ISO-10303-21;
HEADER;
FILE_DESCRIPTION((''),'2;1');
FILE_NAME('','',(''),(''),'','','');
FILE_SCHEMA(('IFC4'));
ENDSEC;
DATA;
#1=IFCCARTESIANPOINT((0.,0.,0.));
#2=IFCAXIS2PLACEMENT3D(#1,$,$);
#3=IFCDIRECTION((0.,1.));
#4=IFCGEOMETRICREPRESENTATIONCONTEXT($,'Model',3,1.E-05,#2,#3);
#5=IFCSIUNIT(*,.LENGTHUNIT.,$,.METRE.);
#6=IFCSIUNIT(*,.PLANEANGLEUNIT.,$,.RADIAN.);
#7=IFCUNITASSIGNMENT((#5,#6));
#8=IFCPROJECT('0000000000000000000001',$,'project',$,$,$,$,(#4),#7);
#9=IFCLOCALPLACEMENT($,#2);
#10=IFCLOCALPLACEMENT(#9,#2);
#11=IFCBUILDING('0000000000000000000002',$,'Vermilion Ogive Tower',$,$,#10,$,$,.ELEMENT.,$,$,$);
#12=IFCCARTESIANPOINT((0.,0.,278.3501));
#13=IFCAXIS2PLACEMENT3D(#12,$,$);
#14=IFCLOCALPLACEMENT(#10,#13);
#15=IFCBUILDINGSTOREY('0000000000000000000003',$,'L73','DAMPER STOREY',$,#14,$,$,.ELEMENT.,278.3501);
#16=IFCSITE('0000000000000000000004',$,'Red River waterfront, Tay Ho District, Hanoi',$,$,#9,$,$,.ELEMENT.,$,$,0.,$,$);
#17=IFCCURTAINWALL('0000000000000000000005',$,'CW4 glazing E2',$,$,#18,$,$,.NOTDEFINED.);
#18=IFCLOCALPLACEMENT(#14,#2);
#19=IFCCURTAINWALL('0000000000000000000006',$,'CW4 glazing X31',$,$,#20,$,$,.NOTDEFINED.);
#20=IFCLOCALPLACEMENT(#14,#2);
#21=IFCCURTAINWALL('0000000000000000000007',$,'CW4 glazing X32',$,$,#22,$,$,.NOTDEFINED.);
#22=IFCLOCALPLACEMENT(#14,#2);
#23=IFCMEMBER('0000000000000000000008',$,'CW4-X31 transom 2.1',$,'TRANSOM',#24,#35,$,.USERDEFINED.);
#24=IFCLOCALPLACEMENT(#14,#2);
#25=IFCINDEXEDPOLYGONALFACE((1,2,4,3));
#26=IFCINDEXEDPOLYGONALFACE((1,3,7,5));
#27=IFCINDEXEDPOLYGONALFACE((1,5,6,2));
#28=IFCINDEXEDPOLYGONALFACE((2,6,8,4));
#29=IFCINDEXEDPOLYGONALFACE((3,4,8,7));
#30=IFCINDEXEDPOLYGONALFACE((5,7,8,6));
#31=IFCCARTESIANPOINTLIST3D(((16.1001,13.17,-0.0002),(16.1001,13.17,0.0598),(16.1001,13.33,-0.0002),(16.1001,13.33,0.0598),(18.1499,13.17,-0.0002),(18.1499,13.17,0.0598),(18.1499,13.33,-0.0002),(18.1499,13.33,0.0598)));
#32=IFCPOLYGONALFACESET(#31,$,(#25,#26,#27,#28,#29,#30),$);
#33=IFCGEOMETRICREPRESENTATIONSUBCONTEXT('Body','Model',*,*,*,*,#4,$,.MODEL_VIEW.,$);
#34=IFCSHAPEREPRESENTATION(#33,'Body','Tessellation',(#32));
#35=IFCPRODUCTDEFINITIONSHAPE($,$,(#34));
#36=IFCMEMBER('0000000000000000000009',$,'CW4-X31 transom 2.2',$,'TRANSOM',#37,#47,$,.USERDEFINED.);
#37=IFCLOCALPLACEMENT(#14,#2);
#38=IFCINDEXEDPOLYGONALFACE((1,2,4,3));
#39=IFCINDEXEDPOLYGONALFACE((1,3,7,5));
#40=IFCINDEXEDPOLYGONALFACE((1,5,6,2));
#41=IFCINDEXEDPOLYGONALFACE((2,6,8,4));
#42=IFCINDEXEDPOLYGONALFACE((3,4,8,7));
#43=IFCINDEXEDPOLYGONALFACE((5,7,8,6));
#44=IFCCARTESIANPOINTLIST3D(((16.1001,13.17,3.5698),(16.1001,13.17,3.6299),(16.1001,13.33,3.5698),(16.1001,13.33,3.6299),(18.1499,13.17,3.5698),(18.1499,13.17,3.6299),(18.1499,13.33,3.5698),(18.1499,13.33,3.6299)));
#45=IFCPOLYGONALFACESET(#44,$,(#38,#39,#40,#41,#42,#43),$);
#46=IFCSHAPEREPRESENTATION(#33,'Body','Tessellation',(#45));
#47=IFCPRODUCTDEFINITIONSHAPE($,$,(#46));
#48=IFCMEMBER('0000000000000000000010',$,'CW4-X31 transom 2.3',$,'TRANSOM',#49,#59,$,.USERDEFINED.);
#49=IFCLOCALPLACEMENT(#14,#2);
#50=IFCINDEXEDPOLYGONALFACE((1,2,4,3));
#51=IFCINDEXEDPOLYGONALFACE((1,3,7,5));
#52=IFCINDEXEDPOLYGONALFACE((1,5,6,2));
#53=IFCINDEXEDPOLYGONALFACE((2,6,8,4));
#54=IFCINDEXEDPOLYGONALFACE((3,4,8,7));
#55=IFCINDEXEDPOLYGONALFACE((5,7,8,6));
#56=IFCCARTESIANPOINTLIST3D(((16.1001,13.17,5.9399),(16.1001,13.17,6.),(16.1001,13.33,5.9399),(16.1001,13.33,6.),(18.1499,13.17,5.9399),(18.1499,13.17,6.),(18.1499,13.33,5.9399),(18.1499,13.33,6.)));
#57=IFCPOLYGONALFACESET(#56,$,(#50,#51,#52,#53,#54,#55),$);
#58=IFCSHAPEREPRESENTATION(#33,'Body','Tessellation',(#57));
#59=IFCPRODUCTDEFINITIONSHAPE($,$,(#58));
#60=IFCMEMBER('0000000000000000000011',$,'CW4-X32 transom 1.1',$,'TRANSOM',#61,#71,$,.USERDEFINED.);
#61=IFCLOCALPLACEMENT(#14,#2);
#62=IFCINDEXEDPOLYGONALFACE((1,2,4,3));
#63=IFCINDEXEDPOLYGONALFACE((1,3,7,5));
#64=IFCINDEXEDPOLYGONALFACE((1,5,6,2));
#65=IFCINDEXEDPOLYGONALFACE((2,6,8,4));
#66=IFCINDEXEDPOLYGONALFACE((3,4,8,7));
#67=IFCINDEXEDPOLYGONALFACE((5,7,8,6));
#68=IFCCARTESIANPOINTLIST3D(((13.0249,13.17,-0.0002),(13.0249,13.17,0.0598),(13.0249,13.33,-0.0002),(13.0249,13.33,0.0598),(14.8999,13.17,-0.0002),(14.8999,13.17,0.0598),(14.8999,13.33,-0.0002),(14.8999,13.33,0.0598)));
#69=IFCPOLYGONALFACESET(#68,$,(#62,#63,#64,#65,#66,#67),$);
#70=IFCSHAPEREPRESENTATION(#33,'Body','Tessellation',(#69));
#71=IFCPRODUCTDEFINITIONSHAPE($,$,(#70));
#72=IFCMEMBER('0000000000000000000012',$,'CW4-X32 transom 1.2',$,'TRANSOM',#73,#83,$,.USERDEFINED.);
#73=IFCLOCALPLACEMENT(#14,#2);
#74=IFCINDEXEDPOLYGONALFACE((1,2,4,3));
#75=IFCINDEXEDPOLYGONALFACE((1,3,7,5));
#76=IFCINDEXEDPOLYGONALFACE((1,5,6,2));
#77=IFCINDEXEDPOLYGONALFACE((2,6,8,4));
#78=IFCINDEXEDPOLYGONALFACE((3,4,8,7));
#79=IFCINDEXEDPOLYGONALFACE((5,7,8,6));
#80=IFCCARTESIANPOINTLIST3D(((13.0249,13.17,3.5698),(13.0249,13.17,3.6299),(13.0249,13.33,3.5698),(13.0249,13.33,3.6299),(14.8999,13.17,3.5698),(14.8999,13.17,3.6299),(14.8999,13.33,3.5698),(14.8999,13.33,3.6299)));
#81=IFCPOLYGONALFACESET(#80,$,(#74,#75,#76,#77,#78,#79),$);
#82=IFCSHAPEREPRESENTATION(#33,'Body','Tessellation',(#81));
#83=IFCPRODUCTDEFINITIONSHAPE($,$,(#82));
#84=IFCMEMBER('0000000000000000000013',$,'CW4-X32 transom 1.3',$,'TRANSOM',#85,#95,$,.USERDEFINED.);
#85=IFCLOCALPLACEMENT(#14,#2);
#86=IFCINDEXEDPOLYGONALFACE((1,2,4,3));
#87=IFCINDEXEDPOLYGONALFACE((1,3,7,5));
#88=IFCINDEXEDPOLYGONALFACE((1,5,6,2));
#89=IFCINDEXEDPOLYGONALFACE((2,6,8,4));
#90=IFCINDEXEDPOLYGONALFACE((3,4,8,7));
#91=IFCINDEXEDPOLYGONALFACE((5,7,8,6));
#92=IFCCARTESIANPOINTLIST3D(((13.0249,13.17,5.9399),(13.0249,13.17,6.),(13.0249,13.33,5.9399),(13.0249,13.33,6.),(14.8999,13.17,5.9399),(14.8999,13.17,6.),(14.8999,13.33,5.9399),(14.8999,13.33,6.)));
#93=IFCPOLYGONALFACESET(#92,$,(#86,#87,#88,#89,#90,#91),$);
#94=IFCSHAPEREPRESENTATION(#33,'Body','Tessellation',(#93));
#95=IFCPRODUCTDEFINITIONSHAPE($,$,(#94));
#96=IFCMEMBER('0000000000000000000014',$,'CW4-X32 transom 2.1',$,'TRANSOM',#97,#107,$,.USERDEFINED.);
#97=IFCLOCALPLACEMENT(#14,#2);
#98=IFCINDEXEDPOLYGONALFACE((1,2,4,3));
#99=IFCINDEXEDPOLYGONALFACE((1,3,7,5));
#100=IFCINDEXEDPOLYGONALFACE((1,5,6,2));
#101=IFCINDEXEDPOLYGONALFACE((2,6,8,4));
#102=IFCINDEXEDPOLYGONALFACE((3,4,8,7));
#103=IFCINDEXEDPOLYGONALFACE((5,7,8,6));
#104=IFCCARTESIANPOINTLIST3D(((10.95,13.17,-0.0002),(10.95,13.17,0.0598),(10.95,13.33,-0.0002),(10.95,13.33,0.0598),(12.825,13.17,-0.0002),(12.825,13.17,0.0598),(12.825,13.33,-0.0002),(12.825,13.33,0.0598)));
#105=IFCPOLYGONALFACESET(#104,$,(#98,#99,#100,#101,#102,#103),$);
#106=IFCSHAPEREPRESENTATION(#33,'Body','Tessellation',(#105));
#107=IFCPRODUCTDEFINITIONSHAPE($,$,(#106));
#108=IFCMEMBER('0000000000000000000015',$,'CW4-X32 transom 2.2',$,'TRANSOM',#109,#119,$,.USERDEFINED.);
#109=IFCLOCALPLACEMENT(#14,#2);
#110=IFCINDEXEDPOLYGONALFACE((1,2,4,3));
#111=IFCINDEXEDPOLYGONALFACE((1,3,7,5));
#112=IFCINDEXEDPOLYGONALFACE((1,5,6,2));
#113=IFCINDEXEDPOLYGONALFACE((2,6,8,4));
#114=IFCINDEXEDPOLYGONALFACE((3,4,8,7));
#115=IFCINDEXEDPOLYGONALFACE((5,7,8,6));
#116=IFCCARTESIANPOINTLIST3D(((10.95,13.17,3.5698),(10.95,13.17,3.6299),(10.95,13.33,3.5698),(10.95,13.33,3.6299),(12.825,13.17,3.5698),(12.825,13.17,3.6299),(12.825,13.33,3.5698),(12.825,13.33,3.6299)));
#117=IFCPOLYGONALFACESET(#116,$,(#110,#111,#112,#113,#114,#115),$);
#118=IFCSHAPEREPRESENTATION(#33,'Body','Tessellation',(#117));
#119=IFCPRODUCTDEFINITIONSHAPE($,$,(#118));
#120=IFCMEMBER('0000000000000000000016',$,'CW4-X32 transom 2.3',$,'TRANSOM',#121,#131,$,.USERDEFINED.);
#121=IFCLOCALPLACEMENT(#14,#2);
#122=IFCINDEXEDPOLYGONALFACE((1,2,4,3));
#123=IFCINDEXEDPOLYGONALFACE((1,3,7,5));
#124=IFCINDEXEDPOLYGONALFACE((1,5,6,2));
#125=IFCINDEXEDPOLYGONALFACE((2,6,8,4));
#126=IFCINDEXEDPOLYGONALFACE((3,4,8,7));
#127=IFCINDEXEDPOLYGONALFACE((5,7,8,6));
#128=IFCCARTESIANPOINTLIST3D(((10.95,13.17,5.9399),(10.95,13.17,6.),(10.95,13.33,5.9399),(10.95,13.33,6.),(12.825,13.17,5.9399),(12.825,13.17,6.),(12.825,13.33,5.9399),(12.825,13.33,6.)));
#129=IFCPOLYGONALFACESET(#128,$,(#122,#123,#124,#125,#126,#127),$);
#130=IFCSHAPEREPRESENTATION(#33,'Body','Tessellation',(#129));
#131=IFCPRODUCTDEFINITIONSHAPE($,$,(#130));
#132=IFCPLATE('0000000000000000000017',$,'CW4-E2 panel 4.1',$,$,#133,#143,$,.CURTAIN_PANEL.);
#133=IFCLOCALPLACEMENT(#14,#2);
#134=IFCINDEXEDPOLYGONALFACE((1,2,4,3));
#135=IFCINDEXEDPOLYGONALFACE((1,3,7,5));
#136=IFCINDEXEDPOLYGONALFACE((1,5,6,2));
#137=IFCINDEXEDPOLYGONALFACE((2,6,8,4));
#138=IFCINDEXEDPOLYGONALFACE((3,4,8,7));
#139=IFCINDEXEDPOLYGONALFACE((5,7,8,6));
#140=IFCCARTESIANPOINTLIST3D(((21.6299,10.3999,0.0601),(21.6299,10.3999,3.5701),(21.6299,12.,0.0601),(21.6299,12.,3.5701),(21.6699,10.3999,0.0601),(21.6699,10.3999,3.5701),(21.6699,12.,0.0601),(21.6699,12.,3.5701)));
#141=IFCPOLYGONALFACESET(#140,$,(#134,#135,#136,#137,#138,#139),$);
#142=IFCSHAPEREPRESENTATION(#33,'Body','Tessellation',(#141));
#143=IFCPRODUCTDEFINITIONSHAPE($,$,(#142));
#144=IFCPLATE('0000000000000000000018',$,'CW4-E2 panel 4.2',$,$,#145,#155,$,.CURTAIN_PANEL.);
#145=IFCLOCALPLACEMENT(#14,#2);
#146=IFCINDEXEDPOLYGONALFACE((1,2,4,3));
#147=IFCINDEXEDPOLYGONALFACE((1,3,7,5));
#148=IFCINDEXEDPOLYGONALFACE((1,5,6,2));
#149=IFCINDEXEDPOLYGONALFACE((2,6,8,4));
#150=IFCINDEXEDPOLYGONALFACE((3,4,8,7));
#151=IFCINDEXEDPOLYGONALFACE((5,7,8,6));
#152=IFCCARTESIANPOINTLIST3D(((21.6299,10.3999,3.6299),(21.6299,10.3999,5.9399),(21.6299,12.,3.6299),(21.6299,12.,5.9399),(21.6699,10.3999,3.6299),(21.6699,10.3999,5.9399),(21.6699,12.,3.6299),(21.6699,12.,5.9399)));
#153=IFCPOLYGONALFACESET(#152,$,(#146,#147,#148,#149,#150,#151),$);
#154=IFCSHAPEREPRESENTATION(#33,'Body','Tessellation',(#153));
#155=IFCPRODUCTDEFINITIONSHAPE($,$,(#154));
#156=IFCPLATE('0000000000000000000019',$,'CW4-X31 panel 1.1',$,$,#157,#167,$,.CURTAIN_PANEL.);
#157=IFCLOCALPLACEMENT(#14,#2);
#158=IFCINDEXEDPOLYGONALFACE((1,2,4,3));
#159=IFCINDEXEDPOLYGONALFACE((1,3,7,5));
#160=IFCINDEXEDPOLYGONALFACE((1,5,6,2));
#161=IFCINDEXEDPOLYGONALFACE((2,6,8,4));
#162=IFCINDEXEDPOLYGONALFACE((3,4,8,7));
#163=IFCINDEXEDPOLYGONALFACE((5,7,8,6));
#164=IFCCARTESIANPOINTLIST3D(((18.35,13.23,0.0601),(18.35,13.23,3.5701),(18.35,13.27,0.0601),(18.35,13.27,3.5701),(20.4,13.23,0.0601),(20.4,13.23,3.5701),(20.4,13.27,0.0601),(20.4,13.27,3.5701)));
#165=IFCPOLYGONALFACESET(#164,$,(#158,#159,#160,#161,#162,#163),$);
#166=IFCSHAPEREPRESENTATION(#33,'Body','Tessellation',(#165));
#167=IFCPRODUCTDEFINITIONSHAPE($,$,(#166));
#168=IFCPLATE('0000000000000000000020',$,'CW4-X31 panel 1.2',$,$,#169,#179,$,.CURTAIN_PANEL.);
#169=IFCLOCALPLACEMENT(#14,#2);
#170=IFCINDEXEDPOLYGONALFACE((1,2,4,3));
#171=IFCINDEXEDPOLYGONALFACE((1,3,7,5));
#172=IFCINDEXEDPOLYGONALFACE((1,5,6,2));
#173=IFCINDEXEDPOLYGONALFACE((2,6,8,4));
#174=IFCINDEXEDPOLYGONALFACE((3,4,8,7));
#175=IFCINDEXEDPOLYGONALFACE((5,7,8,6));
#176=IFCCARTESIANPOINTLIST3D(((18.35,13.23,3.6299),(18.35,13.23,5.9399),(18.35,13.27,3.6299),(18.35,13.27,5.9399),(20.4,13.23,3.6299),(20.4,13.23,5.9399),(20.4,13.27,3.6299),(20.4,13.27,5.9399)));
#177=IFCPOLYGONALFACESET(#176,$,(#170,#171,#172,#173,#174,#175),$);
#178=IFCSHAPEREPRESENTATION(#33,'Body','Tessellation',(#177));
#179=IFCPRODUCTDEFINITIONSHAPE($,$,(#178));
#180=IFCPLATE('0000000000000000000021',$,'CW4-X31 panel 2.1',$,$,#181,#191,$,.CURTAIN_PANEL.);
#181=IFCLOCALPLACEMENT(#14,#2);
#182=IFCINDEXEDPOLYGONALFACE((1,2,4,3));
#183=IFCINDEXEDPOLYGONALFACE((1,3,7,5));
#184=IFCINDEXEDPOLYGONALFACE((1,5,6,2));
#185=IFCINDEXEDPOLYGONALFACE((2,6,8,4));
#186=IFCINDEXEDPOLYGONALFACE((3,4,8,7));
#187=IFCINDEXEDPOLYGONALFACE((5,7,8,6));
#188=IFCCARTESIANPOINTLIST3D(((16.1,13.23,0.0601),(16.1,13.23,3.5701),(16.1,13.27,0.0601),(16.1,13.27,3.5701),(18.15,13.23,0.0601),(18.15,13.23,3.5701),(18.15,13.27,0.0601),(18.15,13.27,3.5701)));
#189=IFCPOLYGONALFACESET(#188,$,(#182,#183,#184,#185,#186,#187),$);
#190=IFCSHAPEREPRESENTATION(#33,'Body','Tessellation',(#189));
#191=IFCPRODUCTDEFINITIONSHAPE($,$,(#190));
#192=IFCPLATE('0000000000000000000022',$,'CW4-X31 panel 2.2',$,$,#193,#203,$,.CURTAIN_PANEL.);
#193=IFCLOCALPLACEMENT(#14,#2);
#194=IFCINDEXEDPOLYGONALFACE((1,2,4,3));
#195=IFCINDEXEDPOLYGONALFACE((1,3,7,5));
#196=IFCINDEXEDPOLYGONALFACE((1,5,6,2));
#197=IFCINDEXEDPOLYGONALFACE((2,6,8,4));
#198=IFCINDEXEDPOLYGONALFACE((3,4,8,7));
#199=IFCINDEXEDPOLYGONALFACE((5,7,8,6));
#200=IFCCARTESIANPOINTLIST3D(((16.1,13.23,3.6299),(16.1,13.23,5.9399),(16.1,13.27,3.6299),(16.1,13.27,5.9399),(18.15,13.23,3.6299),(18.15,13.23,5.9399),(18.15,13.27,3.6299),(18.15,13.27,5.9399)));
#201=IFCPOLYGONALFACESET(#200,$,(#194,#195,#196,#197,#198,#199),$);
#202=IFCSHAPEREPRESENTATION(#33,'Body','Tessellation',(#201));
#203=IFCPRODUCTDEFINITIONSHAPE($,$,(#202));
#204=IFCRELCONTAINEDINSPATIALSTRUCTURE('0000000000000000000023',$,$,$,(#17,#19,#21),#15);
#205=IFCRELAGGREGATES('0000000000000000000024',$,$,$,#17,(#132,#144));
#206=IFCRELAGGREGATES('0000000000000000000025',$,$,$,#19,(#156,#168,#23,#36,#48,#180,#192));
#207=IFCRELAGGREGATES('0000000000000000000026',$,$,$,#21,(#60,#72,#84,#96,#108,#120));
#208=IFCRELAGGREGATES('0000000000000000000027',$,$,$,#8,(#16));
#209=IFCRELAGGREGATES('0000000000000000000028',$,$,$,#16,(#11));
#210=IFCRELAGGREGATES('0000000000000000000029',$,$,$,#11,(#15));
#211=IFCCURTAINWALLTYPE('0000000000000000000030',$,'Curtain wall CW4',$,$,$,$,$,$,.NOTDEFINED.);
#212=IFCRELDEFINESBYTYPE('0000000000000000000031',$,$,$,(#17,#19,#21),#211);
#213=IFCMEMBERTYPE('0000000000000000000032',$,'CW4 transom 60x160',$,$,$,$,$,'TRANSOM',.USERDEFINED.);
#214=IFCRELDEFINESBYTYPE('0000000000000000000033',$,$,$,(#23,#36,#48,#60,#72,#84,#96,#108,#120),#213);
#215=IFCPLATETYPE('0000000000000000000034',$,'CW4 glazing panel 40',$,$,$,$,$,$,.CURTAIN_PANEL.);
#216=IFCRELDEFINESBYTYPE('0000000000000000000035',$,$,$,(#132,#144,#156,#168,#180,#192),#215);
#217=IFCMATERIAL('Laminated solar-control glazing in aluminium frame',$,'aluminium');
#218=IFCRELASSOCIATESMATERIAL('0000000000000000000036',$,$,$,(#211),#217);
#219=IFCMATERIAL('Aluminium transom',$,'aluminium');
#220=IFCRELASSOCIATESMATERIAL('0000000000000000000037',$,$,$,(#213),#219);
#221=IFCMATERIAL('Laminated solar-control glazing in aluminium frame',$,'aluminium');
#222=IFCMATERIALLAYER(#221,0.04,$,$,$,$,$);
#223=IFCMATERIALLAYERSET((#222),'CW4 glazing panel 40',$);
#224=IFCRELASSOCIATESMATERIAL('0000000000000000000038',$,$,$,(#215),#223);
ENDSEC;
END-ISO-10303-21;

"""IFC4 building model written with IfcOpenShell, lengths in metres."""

from ifc_helpers import new_model, si_unit, direction, frame, origin, origin_2d, place, context, subcontext, project, spatial, rectangle, extrude, material, layer, layer_set, material_profile, profile_set, type_object, element, aggregate, save


model = new_model("IFC4")

# Units and contexts
model_context = context("Model", 3, precision=1e-05, world=origin(), true_north=direction((0.0, 1.0)))
body_context = subcontext(model_context, "Body", "Model", "MODEL_VIEW")
ifc_project = project(units=[si_unit("LENGTHUNIT", "METRE"), si_unit("PLANEANGLEUNIT", "RADIAN")], contexts=[model_context])

# Site, building, storey
site_placement = place(None, origin())
site = spatial("IfcSite", under=ifc_project, at=site_placement, Name="Red River waterfront, Tay Ho District, Hanoi", CompositionType="ELEMENT", RefElevation=0.0)
building_placement = place(site_placement, origin())
building = spatial("IfcBuilding", under=site, at=building_placement, Name="Vermilion Ogive Tower", CompositionType="ELEMENT")
storey_placement = place(building_placement, frame((0.0, 0.0, 278.3501)))
storey = spatial("IfcBuildingStorey", under=building, at=storey_placement, Name="L73", Description="DAMPER STOREY", CompositionType="ELEMENT", Elevation=278.3501)

# Curtain wall
ifc_material_1 = material(Name="Laminated solar-control glazing in aluminium frame", Category="aluminium")
curtain_wall_type = type_object("IfcCurtainWallType", Name="Curtain wall CW4", PredefinedType="NOTDEFINED", material=ifc_material_1)
curtain_wall_1_placement = place(storey_placement, origin())
curtain_wall_1 = element("IfcCurtainWall", 1, at=curtain_wall_1_placement, inside=storey, type_object=curtain_wall_type, Name="CW4 glazing E2", PredefinedType="NOTDEFINED")

# Curtain walls
curtain_wall_2_placement = place(storey_placement, origin())
curtain_wall_2 = element("IfcCurtainWall", 2, at=curtain_wall_2_placement, inside=storey, type_object=curtain_wall_type, Name="CW4 glazing X31", PredefinedType="NOTDEFINED")
curtain_wall_3_placement = place(storey_placement, origin())
curtain_wall_3 = element("IfcCurtainWall", 3, at=curtain_wall_3_placement, inside=storey, type_object=curtain_wall_type, Name="CW4 glazing X32", PredefinedType="NOTDEFINED")

# Members
ifc_material_2 = material(Name="Aluminium transom", Category="aluminium")
ifc_material_profile_1 = material_profile(ifc_material_2, rectangle(XDim=0.1599, YDim=0.0601, at=origin_2d()), Name="AL 60x160")
ifc_profile_set_1 = profile_set([ifc_material_profile_1], Name="Aluminium transom")
member_type_1 = type_object("IfcMemberType", Name="CW4 transom 60x160", ElementType="TRANSOM", PredefinedType="USERDEFINED", material=ifc_profile_set_1)
member_1_placement = place(storey_placement, frame((18.1499, 13.25, 0.0298), z_axis=(-1.0, 0.0, 0.0), x_axis=(0.0, -1.0, 0.0)))
member_1 = element("IfcMember", 4, at=member_1_placement, type_object=member_type_1, Name="CW4-X31 transom 2.1", ObjectType="TRANSOM", PredefinedType="USERDEFINED", context=body_context, shape_type="SweptSolid", body=[
    extrude(rectangle(XDim=0.1599, YDim=0.0601, at=origin_2d()), origin(), (0.0, 0.0, 1.0), 2.0498),
])
member_2_placement = place(storey_placement, frame((18.1499, 13.25, 3.5999), z_axis=(-1.0, 0.0, 0.0), x_axis=(0.0, -1.0, 0.0)))
member_2 = element("IfcMember", 5, at=member_2_placement, type_object=member_type_1, Name="CW4-X31 transom 2.2", ObjectType="TRANSOM", PredefinedType="USERDEFINED", context=body_context, shape_type="SweptSolid", body=[
    extrude(rectangle(XDim=0.1599, YDim=0.0601, at=origin_2d()), origin(), (0.0, 0.0, 1.0), 2.0498),
])
member_3_placement = place(storey_placement, frame((18.1499, 13.25, 5.97), z_axis=(-1.0, 0.0, 0.0), x_axis=(0.0, -1.0, 0.0)))
member_3 = element("IfcMember", 6, at=member_3_placement, type_object=member_type_1, Name="CW4-X31 transom 2.3", ObjectType="TRANSOM", PredefinedType="USERDEFINED", context=body_context, shape_type="SweptSolid", body=[
    extrude(rectangle(XDim=0.1599, YDim=0.0601, at=origin_2d()), origin(), (0.0, 0.0, 1.0), 2.0498),
])
member_4_placement = place(storey_placement, frame((14.8999, 13.25, 0.0298), z_axis=(-1.0, 0.0, 0.0), x_axis=(0.0, -1.0, 0.0)))
member_4 = element("IfcMember", 7, at=member_4_placement, type_object=member_type_1, Name="CW4-X32 transom 1.1", ObjectType="TRANSOM", PredefinedType="USERDEFINED", context=body_context, shape_type="SweptSolid", body=[
    extrude(rectangle(XDim=0.1599, YDim=0.0601, at=origin_2d()), origin(), (0.0, 0.0, 1.0), 1.875),
])
member_5_placement = place(storey_placement, frame((14.8999, 13.25, 3.5999), z_axis=(-1.0, 0.0, 0.0), x_axis=(0.0, -1.0, 0.0)))
member_5 = element("IfcMember", 8, at=member_5_placement, type_object=member_type_1, Name="CW4-X32 transom 1.2", ObjectType="TRANSOM", PredefinedType="USERDEFINED", context=body_context, shape_type="SweptSolid", body=[
    extrude(rectangle(XDim=0.1599, YDim=0.0601, at=origin_2d()), origin(), (0.0, 0.0, 1.0), 1.875),
])
member_6_placement = place(storey_placement, frame((14.8999, 13.25, 5.97), z_axis=(-1.0, 0.0, 0.0), x_axis=(0.0, -1.0, 0.0)))
member_6 = element("IfcMember", 9, at=member_6_placement, type_object=member_type_1, Name="CW4-X32 transom 1.3", ObjectType="TRANSOM", PredefinedType="USERDEFINED", context=body_context, shape_type="SweptSolid", body=[
    extrude(rectangle(XDim=0.1599, YDim=0.0601, at=origin_2d()), origin(), (0.0, 0.0, 1.0), 1.875),
])
member_7_placement = place(storey_placement, frame((12.825, 13.25, 0.0298), z_axis=(-1.0, 0.0, 0.0), x_axis=(0.0, -1.0, 0.0)))
member_7 = element("IfcMember", 10, at=member_7_placement, type_object=member_type_1, Name="CW4-X32 transom 2.1", ObjectType="TRANSOM", PredefinedType="USERDEFINED", context=body_context, shape_type="SweptSolid", body=[
    extrude(rectangle(XDim=0.1599, YDim=0.0601, at=origin_2d()), origin(), (0.0, 0.0, 1.0), 1.875),
])
member_8_placement = place(storey_placement, frame((12.825, 13.25, 3.5999), z_axis=(-1.0, 0.0, 0.0), x_axis=(0.0, -1.0, 0.0)))
member_8 = element("IfcMember", 11, at=member_8_placement, type_object=member_type_1, Name="CW4-X32 transom 2.2", ObjectType="TRANSOM", PredefinedType="USERDEFINED", context=body_context, shape_type="SweptSolid", body=[
    extrude(rectangle(XDim=0.1599, YDim=0.0601, at=origin_2d()), origin(), (0.0, 0.0, 1.0), 1.875),
])
member_9_placement = place(storey_placement, frame((12.825, 13.25, 5.97), z_axis=(-1.0, 0.0, 0.0), x_axis=(0.0, -1.0, 0.0)))
member_9 = element("IfcMember", 12, at=member_9_placement, type_object=member_type_1, Name="CW4-X32 transom 2.3", ObjectType="TRANSOM", PredefinedType="USERDEFINED", context=body_context, shape_type="SweptSolid", body=[
    extrude(rectangle(XDim=0.1599, YDim=0.0601, at=origin_2d()), origin(), (0.0, 0.0, 1.0), 1.875),
])

# Plates
ifc_material_3 = material(Name="Laminated solar-control glazing in aluminium frame", Category="aluminium")
ifc_layer_1 = layer(ifc_material_3, 0.04)
ifc_layer_set_1 = layer_set([ifc_layer_1], Name="CW4 glazing panel 40")
plate_type = type_object("IfcPlateType", Name="CW4 glazing panel 40", PredefinedType="CURTAIN_PANEL", material=ifc_layer_set_1)
plate_1_placement = place(storey_placement, frame((21.6499, 11.2, 0.0601), z_axis=(0.0, 0.0, 1.0), x_axis=(0.0, 1.0, 0.0)))
plate_1 = element("IfcPlate", 13, at=plate_1_placement, type_object=plate_type, Name="CW4-E2 panel 4.1", PredefinedType="CURTAIN_PANEL", context=body_context, shape_type="SweptSolid", body=[
    extrude(rectangle(XDim=1.6001, YDim=0.04, at=origin_2d()), origin(), (0.0, 0.0, 1.0), 3.51),
])
plate_2_placement = place(storey_placement, frame((21.6499, 11.2, 3.6299), z_axis=(0.0, 0.0, 1.0), x_axis=(0.0, 1.0, 0.0)))
plate_2 = element("IfcPlate", 14, at=plate_2_placement, type_object=plate_type, Name="CW4-E2 panel 4.2", PredefinedType="CURTAIN_PANEL", context=body_context, shape_type="SweptSolid", body=[
    extrude(rectangle(XDim=1.6001, YDim=0.04, at=origin_2d()), origin(), (0.0, 0.0, 1.0), 2.3101),
])
aggregate(curtain_wall_1, [plate_1, plate_2])
plate_3_placement = place(storey_placement, frame((19.375, 13.25, 0.0601), z_axis=(0.0, 0.0, 1.0), x_axis=(-1.0, 0.0, 0.0)))
plate_3 = element("IfcPlate", 15, at=plate_3_placement, type_object=plate_type, Name="CW4-X31 panel 1.1", PredefinedType="CURTAIN_PANEL", context=body_context, shape_type="SweptSolid", body=[
    extrude(rectangle(XDim=2.05, YDim=0.04, at=origin_2d()), origin(), (0.0, 0.0, 1.0), 3.51),
])
plate_4_placement = place(storey_placement, frame((19.375, 13.25, 3.6299), z_axis=(0.0, 0.0, 1.0), x_axis=(-1.0, 0.0, 0.0)))
plate_4 = element("IfcPlate", 16, at=plate_4_placement, type_object=plate_type, Name="CW4-X31 panel 1.2", PredefinedType="CURTAIN_PANEL", context=body_context, shape_type="SweptSolid", body=[
    extrude(rectangle(XDim=2.05, YDim=0.04, at=origin_2d()), origin(), (0.0, 0.0, 1.0), 2.3101),
])
plate_5_placement = place(storey_placement, frame((17.125, 13.25, 0.0601), z_axis=(0.0, 0.0, 1.0), x_axis=(-1.0, 0.0, 0.0)))
plate_5 = element("IfcPlate", 17, at=plate_5_placement, type_object=plate_type, Name="CW4-X31 panel 2.1", PredefinedType="CURTAIN_PANEL", context=body_context, shape_type="SweptSolid", body=[
    extrude(rectangle(XDim=2.05, YDim=0.04, at=origin_2d()), origin(), (0.0, 0.0, 1.0), 3.51),
])
plate_6_placement = place(storey_placement, frame((17.125, 13.25, 3.6299), z_axis=(0.0, 0.0, 1.0), x_axis=(-1.0, 0.0, 0.0)))
plate_6 = element("IfcPlate", 18, at=plate_6_placement, type_object=plate_type, Name="CW4-X31 panel 2.2", PredefinedType="CURTAIN_PANEL", context=body_context, shape_type="SweptSolid", body=[
    extrude(rectangle(XDim=2.05, YDim=0.04, at=origin_2d()), origin(), (0.0, 0.0, 1.0), 2.3101),
])
aggregate(curtain_wall_2, [plate_3, plate_4, member_1, member_2, member_3, plate_5, plate_6])
aggregate(curtain_wall_3, [member_4, member_5, member_6, member_7, member_8, member_9])

save(model, "model.ifc")
